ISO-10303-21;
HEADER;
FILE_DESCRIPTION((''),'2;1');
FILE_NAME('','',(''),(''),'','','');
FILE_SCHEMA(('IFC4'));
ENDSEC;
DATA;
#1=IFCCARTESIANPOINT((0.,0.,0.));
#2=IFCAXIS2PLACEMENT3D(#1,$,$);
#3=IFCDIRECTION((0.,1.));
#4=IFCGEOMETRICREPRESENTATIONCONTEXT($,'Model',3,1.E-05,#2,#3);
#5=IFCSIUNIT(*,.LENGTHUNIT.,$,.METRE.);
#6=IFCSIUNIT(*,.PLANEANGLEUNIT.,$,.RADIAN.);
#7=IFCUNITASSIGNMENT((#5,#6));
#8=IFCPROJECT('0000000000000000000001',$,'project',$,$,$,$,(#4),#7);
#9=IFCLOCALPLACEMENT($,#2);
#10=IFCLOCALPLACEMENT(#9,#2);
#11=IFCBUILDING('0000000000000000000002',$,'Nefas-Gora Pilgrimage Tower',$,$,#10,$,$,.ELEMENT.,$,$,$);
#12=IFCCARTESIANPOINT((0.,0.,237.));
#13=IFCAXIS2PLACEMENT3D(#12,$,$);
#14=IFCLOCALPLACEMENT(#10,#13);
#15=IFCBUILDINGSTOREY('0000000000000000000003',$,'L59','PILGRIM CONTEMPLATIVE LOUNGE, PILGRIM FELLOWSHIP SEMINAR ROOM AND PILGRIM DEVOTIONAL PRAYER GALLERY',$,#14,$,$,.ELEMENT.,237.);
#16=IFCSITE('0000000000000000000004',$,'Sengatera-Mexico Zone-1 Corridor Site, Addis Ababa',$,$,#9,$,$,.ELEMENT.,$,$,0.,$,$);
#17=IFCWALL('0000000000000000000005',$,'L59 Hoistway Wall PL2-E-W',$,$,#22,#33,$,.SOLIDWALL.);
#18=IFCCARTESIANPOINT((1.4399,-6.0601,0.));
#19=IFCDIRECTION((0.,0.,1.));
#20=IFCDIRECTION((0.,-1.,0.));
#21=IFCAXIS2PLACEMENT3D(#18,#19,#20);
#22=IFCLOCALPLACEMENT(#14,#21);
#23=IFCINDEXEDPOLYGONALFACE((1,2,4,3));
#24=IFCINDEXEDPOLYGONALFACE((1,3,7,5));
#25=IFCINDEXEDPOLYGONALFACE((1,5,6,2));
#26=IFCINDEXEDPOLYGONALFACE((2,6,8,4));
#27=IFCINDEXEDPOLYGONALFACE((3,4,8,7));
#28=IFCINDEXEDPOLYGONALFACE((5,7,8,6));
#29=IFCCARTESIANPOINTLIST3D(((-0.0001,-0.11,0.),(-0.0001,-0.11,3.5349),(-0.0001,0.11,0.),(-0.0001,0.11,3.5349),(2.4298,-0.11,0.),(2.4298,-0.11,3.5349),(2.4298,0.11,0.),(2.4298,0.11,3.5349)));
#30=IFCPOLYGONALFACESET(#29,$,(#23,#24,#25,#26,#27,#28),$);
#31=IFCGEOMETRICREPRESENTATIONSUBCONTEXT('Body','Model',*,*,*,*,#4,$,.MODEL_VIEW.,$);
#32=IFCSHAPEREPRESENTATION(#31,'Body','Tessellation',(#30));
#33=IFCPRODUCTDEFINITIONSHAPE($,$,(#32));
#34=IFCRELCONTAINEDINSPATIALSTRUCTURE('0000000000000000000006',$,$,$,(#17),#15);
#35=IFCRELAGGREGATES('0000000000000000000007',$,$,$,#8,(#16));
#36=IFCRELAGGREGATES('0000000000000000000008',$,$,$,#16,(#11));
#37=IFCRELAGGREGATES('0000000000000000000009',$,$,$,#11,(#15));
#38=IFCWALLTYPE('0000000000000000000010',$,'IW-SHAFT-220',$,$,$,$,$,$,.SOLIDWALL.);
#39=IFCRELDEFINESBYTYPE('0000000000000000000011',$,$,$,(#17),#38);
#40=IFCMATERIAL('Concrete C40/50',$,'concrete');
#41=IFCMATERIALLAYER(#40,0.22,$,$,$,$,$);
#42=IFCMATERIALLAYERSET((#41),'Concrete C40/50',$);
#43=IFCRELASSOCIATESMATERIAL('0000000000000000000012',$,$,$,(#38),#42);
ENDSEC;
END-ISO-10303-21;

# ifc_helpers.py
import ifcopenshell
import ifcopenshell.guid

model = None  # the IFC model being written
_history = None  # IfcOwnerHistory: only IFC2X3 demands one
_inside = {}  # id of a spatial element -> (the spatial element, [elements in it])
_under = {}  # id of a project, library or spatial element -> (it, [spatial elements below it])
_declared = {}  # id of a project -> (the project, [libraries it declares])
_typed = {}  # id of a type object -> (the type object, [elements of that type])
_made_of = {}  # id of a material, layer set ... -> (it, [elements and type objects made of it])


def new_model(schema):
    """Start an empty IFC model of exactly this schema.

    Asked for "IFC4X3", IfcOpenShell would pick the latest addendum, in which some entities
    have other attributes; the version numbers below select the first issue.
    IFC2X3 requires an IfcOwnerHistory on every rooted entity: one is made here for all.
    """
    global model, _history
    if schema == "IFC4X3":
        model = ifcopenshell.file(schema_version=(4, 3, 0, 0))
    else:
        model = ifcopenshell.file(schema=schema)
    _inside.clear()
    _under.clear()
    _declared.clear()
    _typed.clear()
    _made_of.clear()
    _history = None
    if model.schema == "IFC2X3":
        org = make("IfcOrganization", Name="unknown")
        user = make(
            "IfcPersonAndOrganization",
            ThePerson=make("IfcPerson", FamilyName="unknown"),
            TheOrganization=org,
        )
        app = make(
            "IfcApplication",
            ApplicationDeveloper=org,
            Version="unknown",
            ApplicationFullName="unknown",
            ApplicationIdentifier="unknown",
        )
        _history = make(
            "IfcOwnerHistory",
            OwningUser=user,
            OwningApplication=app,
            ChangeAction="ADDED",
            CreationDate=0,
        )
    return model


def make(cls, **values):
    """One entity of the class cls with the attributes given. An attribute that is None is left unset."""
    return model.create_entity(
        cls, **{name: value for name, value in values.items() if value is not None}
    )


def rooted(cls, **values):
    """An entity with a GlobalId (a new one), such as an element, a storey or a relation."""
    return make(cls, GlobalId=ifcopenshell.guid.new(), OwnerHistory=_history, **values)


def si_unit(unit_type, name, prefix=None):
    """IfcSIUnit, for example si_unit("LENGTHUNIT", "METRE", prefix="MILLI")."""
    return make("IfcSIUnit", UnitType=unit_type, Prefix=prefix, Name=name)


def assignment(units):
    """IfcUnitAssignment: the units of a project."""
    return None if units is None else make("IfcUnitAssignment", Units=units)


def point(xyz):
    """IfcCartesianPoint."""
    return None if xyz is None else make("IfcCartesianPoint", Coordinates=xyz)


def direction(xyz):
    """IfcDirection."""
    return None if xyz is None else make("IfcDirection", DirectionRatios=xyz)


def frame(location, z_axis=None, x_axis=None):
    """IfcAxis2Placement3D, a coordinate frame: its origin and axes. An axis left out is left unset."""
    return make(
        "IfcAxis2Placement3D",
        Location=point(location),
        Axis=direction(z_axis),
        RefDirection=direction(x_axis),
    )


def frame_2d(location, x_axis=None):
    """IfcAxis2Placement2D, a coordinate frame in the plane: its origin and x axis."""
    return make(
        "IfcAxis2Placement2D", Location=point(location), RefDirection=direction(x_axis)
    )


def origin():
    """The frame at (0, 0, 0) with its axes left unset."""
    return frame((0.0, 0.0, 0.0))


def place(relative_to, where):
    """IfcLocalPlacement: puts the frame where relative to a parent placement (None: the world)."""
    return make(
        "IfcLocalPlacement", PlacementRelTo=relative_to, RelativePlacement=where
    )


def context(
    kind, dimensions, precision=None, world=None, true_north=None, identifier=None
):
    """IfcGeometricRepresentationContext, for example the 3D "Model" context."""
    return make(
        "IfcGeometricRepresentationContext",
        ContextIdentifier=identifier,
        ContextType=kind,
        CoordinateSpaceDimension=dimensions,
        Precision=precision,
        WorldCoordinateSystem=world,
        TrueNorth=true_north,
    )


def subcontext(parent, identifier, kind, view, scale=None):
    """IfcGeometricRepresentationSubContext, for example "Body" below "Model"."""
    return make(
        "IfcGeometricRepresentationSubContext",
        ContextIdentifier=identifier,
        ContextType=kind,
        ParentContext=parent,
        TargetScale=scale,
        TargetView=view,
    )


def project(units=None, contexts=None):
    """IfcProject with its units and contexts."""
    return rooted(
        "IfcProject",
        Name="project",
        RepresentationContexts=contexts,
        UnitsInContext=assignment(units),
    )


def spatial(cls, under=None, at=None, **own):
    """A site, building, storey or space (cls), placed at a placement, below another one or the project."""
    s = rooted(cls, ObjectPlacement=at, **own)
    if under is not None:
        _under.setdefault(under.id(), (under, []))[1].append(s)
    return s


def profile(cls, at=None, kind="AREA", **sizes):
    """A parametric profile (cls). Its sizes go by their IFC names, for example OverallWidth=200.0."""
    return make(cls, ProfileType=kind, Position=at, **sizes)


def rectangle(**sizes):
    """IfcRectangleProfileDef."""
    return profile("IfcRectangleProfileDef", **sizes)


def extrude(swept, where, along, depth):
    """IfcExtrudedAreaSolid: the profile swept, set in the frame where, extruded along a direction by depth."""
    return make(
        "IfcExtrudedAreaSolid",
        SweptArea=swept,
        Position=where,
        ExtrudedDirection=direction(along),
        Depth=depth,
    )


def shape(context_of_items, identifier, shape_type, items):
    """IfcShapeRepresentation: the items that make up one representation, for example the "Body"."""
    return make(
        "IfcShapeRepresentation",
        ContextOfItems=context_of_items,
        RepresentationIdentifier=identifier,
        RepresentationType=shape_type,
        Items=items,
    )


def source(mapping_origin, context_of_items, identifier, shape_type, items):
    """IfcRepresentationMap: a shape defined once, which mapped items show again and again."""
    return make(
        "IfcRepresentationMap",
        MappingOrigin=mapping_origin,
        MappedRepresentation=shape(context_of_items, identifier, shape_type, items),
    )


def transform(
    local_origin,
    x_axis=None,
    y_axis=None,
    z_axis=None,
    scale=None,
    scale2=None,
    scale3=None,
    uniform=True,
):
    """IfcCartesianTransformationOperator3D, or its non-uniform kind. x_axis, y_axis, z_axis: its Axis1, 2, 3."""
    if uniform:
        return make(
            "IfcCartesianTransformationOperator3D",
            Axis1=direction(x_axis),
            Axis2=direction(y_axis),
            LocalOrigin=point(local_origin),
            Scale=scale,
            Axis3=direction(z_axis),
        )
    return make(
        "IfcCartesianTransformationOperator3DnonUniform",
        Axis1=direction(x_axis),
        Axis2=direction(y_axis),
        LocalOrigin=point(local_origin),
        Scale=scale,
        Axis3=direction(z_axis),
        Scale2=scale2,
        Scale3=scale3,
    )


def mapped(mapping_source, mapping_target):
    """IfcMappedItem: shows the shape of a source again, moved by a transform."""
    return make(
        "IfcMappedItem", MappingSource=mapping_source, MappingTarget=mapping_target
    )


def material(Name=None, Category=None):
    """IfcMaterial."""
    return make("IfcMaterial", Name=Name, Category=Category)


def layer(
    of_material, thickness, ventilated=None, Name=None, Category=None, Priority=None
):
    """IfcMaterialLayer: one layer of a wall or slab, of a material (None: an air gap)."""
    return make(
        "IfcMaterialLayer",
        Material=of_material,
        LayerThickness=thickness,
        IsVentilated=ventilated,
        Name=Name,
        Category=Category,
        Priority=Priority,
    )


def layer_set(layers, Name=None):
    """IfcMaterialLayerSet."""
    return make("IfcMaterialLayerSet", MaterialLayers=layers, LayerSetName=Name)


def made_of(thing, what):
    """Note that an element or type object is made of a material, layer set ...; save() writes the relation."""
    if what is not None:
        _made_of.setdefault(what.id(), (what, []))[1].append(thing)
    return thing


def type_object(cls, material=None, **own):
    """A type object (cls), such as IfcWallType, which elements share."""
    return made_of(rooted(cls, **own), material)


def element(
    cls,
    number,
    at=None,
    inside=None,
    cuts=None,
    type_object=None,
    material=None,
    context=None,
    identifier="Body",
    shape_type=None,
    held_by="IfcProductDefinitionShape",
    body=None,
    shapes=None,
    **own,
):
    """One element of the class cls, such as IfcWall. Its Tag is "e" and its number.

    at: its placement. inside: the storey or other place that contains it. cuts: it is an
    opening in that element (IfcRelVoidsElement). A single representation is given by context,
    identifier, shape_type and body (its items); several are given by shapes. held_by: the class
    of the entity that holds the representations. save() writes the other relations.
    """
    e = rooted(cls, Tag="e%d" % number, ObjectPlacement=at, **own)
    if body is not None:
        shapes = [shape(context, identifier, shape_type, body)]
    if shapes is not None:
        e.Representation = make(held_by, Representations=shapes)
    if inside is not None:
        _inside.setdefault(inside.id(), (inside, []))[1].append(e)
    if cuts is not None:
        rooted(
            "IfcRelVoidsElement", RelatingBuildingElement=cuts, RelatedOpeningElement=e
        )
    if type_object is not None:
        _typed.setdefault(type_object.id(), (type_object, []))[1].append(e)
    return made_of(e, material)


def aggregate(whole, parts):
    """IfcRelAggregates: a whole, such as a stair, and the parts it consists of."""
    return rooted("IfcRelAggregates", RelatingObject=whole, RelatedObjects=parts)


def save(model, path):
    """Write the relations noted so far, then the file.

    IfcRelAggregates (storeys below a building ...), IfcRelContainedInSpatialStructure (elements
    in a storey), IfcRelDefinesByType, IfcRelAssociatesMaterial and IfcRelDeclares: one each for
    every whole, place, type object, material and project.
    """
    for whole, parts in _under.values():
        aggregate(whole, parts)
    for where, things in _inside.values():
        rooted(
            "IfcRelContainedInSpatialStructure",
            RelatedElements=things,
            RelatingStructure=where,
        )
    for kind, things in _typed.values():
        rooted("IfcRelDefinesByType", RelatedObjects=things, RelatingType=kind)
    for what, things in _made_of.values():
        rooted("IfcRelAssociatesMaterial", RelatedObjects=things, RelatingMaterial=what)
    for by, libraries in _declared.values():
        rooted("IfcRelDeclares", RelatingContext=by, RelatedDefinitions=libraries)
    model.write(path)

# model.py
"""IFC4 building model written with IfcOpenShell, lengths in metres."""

from ifc_helpers import new_model, si_unit, direction, frame, frame_2d, origin, place, context, subcontext, project, spatial, rectangle, extrude, source, transform, mapped, material, layer, layer_set, type_object, element, save


model = new_model("IFC4")

# Units and contexts
model_context = context("Model", 3, precision=1e-05, world=origin(), true_north=direction((0.0, 1.0)))
body_context = subcontext(model_context, "Body", "Model", "MODEL_VIEW")
ifc_project = project(units=[si_unit("LENGTHUNIT", "METRE"), si_unit("PLANEANGLEUNIT", "RADIAN")], contexts=[model_context])

# Site, building, storey
site_placement = place(None, origin())
site = spatial("IfcSite", under=ifc_project, at=site_placement, Name="Sengatera-Mexico Zone-1 Corridor Site, Addis Ababa", CompositionType="ELEMENT", RefElevation=0.0)
building_placement = place(site_placement, origin())
building = spatial("IfcBuilding", under=site, at=building_placement, Name="Nefas-Gora Pilgrimage Tower", CompositionType="ELEMENT")
storey_placement = place(building_placement, frame((0.0, 0.0, 237.0)))
storey = spatial("IfcBuildingStorey", under=building, at=storey_placement, Name="L59", Description="PILGRIM CONTEMPLATIVE LOUNGE, PILGRIM FELLOWSHIP SEMINAR ROOM AND PILGRIM DEVOTIONAL PRAYER GALLERY", CompositionType="ELEMENT", Elevation=237.0)

# Shared definitions
ifc_material_1 = material(Name="Concrete C40/50", Category="concrete")
ifc_layer_1 = layer(ifc_material_1, 0.22)
ifc_layer_set_1 = layer_set([ifc_layer_1], Name="Concrete C40/50")
wall_type_1 = type_object("IfcWallType", Name="IW-SHAFT-220", PredefinedType="SOLIDWALL", material=ifc_layer_set_1)

# Wall
shared_shape_1 = source(origin(), body_context, "Body", "SweptSolid", [
    extrude(rectangle(XDim=2.4299, YDim=0.22, at=frame_2d((1.2148, 0.0))), origin(), (0.0, 0.0, 1.0), 3.5349),
])
for number, where, z_axis, x_axis, name in (
    (1, (1.4399, -6.0601, 0.0), (0.0, 0.0, 1.0), (0.0, -1.0, 0.0), "L59 Hoistway Wall PL2-E-W"),
):
    element("IfcWall", number, at=place(storey_placement, frame(where, z_axis=z_axis, x_axis=x_axis)), inside=storey, type_object=wall_type_1, Name=name, PredefinedType="SOLIDWALL", context=body_context, shape_type="MappedRepresentation", body=[
        mapped(shared_shape_1, transform((0.0, 0.0, 0.0), x_axis=(1.0, 0.0, 0.0), y_axis=(0.0, 1.0, 0.0), z_axis=(0.0, 0.0, 1.0), scale=1.0)),
    ])

save(model, "model.ifc")
